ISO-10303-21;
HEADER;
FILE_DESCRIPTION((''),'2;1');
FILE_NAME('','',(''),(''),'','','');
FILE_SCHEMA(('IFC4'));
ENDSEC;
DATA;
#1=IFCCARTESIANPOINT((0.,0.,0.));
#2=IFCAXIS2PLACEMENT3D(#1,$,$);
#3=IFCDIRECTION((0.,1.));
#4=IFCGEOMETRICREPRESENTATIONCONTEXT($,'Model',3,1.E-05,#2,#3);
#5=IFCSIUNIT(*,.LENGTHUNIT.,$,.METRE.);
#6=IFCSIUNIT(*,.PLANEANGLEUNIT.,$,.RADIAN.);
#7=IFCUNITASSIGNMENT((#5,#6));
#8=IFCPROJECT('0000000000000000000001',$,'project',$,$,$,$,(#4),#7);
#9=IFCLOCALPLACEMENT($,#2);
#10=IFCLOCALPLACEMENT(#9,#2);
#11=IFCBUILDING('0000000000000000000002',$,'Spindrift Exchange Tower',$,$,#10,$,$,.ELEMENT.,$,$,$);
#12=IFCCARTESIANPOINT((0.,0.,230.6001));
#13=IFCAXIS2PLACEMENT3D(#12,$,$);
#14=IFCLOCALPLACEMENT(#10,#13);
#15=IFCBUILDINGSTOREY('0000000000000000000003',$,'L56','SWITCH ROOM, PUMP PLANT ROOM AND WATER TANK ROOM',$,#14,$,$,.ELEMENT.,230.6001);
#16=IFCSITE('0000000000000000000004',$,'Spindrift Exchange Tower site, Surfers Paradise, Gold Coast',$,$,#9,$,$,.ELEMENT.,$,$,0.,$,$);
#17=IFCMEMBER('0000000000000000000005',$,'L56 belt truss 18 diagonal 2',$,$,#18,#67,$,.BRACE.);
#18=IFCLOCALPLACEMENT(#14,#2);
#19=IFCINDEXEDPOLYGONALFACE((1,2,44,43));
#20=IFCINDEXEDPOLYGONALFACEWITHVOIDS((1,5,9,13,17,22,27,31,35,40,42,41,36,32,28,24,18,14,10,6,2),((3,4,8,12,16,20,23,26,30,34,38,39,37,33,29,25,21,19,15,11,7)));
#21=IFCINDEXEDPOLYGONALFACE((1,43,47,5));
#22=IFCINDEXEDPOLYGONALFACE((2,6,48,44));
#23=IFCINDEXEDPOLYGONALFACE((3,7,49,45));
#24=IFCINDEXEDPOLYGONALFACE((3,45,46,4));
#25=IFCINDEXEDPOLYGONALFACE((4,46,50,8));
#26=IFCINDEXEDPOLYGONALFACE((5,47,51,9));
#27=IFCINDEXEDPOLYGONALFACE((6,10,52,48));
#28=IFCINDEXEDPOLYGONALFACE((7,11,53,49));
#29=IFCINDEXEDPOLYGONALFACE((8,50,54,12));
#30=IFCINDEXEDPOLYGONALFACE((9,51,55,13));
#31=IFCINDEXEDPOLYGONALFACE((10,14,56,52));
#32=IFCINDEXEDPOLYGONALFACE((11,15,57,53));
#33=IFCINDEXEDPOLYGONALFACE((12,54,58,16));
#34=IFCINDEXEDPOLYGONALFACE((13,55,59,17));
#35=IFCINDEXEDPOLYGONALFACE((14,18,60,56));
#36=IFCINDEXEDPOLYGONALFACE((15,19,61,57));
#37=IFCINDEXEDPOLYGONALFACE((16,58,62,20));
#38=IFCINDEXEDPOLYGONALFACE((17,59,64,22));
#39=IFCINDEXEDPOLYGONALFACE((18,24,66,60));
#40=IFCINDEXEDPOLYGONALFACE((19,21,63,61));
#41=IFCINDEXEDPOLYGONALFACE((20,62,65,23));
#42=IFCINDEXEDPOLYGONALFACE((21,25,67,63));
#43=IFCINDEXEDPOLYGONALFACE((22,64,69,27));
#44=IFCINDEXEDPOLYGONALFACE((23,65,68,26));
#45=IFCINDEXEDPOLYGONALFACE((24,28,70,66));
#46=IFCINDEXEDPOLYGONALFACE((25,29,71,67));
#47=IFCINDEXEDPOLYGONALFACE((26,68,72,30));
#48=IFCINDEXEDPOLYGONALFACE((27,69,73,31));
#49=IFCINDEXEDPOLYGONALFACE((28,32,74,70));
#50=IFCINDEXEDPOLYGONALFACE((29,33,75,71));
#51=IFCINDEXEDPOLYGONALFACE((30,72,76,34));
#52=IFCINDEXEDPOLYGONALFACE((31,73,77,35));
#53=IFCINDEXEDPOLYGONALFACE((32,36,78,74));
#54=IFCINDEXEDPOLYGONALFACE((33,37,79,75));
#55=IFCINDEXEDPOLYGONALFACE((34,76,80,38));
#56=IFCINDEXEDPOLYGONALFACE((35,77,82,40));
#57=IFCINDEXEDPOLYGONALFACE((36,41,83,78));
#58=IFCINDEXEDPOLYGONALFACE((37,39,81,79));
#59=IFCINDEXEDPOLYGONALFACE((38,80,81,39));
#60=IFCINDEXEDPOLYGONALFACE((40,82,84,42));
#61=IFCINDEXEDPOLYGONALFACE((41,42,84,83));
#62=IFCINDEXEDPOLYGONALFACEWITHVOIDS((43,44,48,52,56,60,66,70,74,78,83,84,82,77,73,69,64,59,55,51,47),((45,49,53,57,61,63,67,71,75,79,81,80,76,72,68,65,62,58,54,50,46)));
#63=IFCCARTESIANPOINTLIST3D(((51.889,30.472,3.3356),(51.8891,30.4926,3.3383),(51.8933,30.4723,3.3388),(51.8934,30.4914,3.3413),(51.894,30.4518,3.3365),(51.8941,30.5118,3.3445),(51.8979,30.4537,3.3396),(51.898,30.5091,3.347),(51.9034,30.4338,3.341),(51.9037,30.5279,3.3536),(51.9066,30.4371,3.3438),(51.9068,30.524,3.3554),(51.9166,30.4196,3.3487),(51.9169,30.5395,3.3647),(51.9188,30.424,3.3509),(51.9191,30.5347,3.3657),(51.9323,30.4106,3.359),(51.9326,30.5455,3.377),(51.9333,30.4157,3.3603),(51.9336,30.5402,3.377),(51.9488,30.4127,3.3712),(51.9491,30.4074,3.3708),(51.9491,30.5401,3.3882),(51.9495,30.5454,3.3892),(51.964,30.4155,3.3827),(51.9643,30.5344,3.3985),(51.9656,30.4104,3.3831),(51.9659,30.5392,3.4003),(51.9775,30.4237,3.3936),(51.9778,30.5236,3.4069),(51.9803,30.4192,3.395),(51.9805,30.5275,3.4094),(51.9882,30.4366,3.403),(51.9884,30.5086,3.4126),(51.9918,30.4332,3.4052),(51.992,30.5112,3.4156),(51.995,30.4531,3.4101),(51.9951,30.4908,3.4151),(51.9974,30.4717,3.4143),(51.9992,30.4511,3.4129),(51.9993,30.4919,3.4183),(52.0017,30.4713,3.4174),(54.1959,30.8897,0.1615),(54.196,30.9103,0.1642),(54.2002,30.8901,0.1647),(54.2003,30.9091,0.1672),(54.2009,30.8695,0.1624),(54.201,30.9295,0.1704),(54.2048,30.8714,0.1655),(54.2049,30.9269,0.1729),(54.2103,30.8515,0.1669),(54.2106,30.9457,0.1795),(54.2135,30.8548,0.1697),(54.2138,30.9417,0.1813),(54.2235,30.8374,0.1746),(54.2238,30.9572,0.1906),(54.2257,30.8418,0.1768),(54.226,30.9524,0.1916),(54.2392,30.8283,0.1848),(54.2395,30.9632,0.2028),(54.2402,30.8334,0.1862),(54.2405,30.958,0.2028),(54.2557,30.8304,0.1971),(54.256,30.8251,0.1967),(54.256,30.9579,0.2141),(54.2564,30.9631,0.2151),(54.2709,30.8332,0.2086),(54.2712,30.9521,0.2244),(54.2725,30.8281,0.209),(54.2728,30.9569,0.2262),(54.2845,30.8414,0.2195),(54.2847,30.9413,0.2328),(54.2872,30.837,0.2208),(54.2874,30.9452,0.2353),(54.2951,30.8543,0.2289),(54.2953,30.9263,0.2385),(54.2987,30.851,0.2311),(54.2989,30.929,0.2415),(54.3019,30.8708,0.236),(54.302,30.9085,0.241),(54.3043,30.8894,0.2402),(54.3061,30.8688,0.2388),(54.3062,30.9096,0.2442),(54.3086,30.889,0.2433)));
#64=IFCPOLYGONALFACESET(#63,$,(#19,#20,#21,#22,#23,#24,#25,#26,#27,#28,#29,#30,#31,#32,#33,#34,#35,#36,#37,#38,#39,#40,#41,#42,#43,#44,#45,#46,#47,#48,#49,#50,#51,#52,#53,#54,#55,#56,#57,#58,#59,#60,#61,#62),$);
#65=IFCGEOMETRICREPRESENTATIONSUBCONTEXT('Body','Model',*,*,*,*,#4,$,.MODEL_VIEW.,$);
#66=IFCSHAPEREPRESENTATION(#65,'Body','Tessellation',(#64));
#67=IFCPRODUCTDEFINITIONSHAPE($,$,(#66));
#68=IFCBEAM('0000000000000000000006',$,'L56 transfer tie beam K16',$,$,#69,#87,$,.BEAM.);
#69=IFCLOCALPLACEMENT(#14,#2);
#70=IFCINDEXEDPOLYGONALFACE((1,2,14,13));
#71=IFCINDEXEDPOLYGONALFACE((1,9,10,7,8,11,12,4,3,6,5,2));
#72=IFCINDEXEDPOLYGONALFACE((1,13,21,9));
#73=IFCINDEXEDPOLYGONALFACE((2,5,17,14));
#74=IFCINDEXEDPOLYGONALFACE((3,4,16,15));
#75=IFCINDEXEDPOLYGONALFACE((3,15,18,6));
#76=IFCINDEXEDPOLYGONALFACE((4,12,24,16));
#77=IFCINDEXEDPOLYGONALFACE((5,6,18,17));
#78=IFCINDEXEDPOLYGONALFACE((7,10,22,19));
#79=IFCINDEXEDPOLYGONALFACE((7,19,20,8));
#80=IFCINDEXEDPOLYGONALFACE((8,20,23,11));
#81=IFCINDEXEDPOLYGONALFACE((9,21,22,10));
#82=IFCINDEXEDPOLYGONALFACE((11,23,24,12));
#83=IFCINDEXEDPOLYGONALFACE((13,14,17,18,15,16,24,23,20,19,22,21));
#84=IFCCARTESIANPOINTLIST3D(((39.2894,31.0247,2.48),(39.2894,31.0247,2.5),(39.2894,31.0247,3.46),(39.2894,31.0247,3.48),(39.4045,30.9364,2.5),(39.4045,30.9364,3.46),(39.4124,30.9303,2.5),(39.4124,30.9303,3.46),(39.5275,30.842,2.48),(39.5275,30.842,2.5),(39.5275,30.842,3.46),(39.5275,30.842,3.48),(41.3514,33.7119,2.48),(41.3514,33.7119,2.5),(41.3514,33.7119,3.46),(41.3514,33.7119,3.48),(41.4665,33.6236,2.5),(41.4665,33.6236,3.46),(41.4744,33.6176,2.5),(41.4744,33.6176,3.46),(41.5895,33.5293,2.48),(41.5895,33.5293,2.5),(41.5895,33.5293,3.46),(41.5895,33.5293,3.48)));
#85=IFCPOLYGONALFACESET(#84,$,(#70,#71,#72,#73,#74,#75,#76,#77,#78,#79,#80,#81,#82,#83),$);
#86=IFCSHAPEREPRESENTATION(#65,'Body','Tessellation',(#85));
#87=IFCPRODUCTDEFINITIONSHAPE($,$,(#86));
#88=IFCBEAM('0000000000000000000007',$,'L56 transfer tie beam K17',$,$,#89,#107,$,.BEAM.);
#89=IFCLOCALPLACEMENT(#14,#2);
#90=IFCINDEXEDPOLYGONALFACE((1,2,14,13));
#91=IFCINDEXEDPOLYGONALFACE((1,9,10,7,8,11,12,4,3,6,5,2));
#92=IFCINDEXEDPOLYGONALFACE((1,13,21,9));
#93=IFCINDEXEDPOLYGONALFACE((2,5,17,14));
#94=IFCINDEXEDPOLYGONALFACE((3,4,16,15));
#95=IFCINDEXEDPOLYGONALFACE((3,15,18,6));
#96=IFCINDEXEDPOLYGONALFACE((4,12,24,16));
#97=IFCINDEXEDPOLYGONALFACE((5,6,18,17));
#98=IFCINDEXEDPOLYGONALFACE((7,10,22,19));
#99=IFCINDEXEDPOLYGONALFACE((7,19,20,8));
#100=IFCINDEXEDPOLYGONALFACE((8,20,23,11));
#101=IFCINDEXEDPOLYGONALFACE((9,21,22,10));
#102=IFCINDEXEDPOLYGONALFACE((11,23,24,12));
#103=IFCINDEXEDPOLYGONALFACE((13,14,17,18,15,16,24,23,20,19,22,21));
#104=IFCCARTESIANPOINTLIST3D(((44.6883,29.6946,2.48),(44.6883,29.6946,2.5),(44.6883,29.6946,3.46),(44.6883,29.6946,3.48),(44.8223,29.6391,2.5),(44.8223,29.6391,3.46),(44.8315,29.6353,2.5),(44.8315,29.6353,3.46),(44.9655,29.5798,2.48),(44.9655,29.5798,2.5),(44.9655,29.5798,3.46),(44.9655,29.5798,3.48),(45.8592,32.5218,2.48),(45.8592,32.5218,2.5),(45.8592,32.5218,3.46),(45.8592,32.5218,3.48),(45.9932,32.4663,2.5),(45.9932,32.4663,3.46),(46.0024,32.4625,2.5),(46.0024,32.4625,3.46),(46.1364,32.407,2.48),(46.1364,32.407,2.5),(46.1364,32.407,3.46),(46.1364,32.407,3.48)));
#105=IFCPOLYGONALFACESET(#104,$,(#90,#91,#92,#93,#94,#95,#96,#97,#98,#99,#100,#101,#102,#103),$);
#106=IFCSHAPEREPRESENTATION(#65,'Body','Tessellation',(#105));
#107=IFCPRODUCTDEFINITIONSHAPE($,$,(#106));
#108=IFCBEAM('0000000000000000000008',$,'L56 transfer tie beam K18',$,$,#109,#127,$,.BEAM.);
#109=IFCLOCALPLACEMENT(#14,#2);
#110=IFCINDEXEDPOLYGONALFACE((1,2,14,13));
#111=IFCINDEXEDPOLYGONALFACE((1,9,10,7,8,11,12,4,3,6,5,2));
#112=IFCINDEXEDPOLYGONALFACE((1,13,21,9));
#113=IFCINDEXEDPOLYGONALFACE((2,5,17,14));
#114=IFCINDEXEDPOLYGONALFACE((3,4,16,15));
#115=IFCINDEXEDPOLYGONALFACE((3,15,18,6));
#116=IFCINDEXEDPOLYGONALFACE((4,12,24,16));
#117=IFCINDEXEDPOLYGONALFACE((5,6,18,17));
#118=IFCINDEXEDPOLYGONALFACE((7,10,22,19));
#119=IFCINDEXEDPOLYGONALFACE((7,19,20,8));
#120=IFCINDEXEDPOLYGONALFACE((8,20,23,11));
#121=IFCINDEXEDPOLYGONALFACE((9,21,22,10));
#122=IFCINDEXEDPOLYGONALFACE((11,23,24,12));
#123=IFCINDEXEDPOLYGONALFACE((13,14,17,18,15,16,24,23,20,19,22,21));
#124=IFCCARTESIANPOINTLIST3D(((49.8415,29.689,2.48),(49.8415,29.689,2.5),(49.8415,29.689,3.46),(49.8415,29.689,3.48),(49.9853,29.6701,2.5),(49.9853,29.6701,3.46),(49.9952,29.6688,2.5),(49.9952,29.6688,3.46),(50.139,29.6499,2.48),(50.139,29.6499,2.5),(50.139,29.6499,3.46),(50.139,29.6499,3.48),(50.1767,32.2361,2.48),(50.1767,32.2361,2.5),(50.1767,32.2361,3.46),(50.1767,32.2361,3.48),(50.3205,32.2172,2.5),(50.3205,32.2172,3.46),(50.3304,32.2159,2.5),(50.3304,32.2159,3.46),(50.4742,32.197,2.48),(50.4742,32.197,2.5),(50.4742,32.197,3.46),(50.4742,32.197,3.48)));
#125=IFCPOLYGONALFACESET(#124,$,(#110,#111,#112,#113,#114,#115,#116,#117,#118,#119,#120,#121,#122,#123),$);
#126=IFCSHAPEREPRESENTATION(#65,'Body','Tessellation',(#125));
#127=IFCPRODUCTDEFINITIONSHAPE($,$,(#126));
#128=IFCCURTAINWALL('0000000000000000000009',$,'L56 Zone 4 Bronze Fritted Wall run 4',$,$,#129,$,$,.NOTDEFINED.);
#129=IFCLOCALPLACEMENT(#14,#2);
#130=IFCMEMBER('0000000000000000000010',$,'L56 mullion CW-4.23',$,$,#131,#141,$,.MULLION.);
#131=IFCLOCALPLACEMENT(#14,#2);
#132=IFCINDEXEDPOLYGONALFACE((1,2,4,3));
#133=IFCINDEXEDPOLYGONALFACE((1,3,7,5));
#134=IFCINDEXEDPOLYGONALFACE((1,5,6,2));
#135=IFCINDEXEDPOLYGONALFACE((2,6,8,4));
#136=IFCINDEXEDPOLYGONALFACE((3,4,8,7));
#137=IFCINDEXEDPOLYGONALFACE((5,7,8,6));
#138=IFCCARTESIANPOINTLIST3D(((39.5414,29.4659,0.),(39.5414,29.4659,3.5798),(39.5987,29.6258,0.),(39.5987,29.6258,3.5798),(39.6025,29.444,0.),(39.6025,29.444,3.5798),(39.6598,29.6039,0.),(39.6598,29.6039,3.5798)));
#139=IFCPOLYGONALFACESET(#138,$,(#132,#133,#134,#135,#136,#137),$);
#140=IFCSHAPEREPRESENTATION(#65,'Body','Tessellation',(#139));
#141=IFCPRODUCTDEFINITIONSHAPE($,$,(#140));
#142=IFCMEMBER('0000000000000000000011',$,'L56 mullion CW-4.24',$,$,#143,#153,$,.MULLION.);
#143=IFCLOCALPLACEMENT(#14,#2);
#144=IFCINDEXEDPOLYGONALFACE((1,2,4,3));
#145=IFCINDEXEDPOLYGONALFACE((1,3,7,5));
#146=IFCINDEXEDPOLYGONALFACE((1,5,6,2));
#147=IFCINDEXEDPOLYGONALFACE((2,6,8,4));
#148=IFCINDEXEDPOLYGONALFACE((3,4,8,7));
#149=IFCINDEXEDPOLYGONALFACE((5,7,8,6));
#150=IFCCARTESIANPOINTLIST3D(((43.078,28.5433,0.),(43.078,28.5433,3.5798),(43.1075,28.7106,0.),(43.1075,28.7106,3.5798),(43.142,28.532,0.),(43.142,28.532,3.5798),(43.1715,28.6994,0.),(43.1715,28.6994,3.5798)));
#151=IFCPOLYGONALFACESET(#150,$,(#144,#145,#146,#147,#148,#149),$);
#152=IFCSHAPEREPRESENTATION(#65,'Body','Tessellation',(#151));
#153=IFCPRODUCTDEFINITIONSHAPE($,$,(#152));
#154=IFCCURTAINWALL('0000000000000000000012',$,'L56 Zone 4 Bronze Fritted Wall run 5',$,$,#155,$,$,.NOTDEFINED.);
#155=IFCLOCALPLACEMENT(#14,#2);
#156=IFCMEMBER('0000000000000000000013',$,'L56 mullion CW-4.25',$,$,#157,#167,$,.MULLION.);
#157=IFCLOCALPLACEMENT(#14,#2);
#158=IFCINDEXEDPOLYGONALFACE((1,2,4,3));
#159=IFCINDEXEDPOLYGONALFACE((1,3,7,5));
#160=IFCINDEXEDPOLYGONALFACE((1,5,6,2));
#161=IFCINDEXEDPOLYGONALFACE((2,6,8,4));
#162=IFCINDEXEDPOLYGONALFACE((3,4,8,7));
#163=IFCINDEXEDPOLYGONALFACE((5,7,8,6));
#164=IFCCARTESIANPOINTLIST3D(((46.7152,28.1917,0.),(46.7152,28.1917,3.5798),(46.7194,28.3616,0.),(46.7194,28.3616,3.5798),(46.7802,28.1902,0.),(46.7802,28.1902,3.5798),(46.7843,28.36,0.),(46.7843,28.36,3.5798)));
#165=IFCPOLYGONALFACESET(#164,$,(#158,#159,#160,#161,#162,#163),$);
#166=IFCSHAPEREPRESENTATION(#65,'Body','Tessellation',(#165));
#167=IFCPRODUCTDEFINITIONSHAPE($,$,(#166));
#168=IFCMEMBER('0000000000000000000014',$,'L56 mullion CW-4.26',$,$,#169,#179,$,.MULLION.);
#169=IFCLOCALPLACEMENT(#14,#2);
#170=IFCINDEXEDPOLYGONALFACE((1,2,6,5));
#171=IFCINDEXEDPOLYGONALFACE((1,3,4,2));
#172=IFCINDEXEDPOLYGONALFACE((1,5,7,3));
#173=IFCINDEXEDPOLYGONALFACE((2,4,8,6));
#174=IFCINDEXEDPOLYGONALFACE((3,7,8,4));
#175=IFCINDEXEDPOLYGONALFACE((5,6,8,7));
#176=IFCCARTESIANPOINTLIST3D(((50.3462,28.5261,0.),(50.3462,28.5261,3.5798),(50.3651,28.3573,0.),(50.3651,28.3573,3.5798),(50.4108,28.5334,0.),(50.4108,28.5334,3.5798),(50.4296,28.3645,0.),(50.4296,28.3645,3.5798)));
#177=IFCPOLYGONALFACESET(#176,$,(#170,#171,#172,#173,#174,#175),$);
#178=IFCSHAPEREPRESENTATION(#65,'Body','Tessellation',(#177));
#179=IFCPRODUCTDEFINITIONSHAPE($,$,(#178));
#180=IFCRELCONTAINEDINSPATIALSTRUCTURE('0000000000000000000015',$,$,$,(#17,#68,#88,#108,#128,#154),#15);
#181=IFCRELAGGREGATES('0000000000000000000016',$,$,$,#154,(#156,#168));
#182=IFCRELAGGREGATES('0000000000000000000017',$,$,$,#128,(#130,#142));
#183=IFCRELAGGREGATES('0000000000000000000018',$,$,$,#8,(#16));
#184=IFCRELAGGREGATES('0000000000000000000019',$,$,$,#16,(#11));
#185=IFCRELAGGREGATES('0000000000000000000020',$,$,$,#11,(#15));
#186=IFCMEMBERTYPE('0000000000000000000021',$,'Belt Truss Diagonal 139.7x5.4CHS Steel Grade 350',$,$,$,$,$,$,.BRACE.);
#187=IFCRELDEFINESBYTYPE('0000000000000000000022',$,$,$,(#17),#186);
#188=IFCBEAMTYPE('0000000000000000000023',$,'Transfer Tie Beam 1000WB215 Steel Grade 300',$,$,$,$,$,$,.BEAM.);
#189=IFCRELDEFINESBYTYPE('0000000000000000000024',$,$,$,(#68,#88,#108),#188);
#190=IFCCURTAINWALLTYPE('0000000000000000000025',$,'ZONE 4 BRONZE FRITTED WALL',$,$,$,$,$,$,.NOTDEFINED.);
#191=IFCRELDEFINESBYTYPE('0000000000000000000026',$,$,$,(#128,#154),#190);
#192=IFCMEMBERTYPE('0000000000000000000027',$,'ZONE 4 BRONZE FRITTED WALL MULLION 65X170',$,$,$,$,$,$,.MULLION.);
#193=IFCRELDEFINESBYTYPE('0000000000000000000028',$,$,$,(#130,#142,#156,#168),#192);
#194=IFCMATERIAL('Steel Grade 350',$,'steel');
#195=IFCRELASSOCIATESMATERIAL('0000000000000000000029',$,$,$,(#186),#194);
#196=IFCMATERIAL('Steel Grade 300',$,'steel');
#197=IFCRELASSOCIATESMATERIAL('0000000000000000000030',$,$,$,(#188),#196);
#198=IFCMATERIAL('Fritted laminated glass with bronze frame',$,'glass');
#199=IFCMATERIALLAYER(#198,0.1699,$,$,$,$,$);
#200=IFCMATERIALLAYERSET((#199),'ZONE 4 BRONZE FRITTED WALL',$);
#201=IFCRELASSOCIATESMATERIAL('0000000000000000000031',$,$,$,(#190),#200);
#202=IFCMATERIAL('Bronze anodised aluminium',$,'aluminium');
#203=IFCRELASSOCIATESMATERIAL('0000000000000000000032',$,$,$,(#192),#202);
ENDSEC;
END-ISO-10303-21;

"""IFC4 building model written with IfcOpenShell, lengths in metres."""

from ifc_helpers import new_model, si_unit, direction, frame, origin, origin_2d, place, context, subcontext, project, spatial, rectangle, hollow_circle, i_section, extrude, source, transform, mapped, material, layer, layer_set, material_profile, profile_set, type_object, element, aggregate, save


model = new_model("IFC4")

# Units and contexts
model_context = context("Model", 3, precision=1e-05, world=origin(), true_north=direction((0.0, 1.0)))
body_context = subcontext(model_context, "Body", "Model", "MODEL_VIEW")
ifc_project = project(units=[si_unit("LENGTHUNIT", "METRE"), si_unit("PLANEANGLEUNIT", "RADIAN")], contexts=[model_context])

# Site, building, storey
site_placement = place(None, origin())
site = spatial("IfcSite", under=ifc_project, at=site_placement, Name="Spindrift Exchange Tower site, Surfers Paradise, Gold Coast", CompositionType="ELEMENT", RefElevation=0.0)
building_placement = place(site_placement, origin())
building = spatial("IfcBuilding", under=site, at=building_placement, Name="Spindrift Exchange Tower", CompositionType="ELEMENT")
storey_placement = place(building_placement, frame((0.0, 0.0, 230.6001)))
storey = spatial("IfcBuildingStorey", under=building, at=storey_placement, Name="L56", Description="SWITCH ROOM, PUMP PLANT ROOM AND WATER TANK ROOM", CompositionType="ELEMENT", Elevation=230.6001)

# Member
ifc_material_1 = material(Name="Steel Grade 350", Category="steel")
ifc_material_profile_1 = material_profile(ifc_material_1, hollow_circle(Radius=0.0698, WallThickness=0.0054, at=origin_2d()), Name="139.7x5.4CHS")
ifc_profile_set_1 = profile_set([ifc_material_profile_1], Name="Steel Grade 350")
member_type_1 = type_object("IfcMemberType", Name="Belt Truss Diagonal 139.7x5.4CHS Steel Grade 350", PredefinedType="BRACE", material=ifc_profile_set_1)
ifc_material_2 = material(Name="Steel Grade 300", Category="steel")
shared_shape_1 = source(origin(), body_context, "Body", "SweptSolid", [
    extrude(hollow_circle(Radius=0.0698, WallThickness=0.0054, at=origin_2d()), origin(), (0.0, 0.0, 1.0), 3.946),
])
member_1_placement = place(storey_placement, frame((51.9451, 30.4768, 3.377), z_axis=(0.584613, 0.10586, -0.804376), x_axis=(-0.17818, 0.983998, 0.0)))
element("IfcMember", 1, at=member_1_placement, inside=storey, type_object=member_type_1, Name="L56 belt truss 18 diagonal 2", PredefinedType="BRACE", context=body_context, shape_type="MappedRepresentation", body=[
    mapped(shared_shape_1, transform((0.0, 0.0, 0.0), scale=1.0)),
])

# Beams
ifc_material_profile_2 = material_profile(ifc_material_2, i_section(OverallWidth=0.3, OverallDepth=1.0, WebThickness=0.01, FlangeThickness=0.02, at=origin_2d()), Name="1000WB215")
ifc_profile_set_2 = profile_set([ifc_material_profile_2], Name="Steel Grade 300")
beam_type = type_object("IfcBeamType", Name="Transfer Tie Beam 1000WB215 Steel Grade 300", PredefinedType="BEAM", material=ifc_profile_set_2)
shared_shape_2 = source(origin(), body_context, "Body", "SweptSolid", [
    extrude(i_section(OverallWidth=0.3, OverallDepth=1.0, WebThickness=0.01, FlangeThickness=0.02, at=origin_2d()), origin(), (0.0, 0.0, 1.0), 3.3872),
])
beam_1_placement = place(storey_placement, frame((39.4084, 30.9333, 2.98), z_axis=(0.608763, 0.793352, 0.0), x_axis=(-0.793352, 0.608763, 0.0)))
element("IfcBeam", 2, at=beam_1_placement, inside=storey, type_object=beam_type, Name="L56 transfer tie beam K16", PredefinedType="BEAM", context=body_context, shape_type="MappedRepresentation", body=[
    mapped(shared_shape_2, transform((0.0, 0.0, 0.0), scale=1.0)),
])
shared_shape_3 = source(origin(), body_context, "Body", "SweptSolid", [
    extrude(i_section(OverallWidth=0.3, OverallDepth=1.0, WebThickness=0.01, FlangeThickness=0.02, at=origin_2d()), origin(), (0.0, 0.0, 1.0), 3.0601),
])
beam_2_placement = place(storey_placement, frame((44.8269, 29.6372, 2.98), z_axis=(0.382643, 0.923896, 0.0), x_axis=(-0.923896, 0.382643, 0.0)))
element("IfcBeam", 3, at=beam_2_placement, inside=storey, type_object=beam_type, Name="L56 transfer tie beam K17", PredefinedType="BEAM", context=body_context, shape_type="MappedRepresentation", body=[
    mapped(shared_shape_3, transform((0.0, 0.0, 0.0), scale=1.0)),
])
shared_shape_4 = source(origin(), body_context, "Body", "SweptSolid", [
    extrude(i_section(OverallWidth=0.3, OverallDepth=1.0, WebThickness=0.01, FlangeThickness=0.02, at=origin_2d()), origin(), (0.0, 0.0, 1.0), 2.5691),
])
beam_3_placement = place(storey_placement, frame((49.9902, 29.6694, 2.98), z_axis=(0.130477, 0.991451, 0.0), x_axis=(-0.991451, 0.130477, 0.0)))
element("IfcBeam", 4, at=beam_3_placement, inside=storey, type_object=beam_type, Name="L56 transfer tie beam K18", PredefinedType="BEAM", context=body_context, shape_type="MappedRepresentation", body=[
    mapped(shared_shape_4, transform((0.0, 0.0, 0.0), scale=1.0)),
])

# Curtain walls, members
ifc_material_3 = material(Name="Fritted laminated glass with bronze frame", Category="glass")
ifc_layer_1 = layer(ifc_material_3, 0.1699)
ifc_layer_set_1 = layer_set([ifc_layer_1], Name="ZONE 4 BRONZE FRITTED WALL")
curtain_wall_type = type_object("IfcCurtainWallType", Name="ZONE 4 BRONZE FRITTED WALL", PredefinedType="NOTDEFINED", material=ifc_layer_set_1)
curtain_wall_1_placement = place(storey_placement, origin())
curtain_wall_1 = element("IfcCurtainWall", 5, at=curtain_wall_1_placement, inside=storey, type_object=curtain_wall_type, Name="L56 Zone 4 Bronze Fritted Wall run 4", PredefinedType="NOTDEFINED")
ifc_material_4 = material(Name="Bronze anodised aluminium", Category="aluminium")
ifc_material_profile_3 = material_profile(ifc_material_4, rectangle(XDim=0.0649, YDim=0.1699, at=origin_2d()), Name="ZONE 4 BRONZE FRITTED WALL MULLION 65X170")
ifc_profile_set_3 = profile_set([ifc_material_profile_3], Name="Bronze anodised aluminium")
member_type_2 = type_object("IfcMemberType", Name="ZONE 4 BRONZE FRITTED WALL MULLION 65X170", PredefinedType="MULLION", material=ifc_profile_set_3)
shared_shape_5 = source(origin(), body_context, "Body", "SweptSolid", [
    extrude(rectangle(XDim=0.0649, YDim=0.1699, at=origin_2d()), origin(), (0.0, 0.0, 1.0), 3.5798),
])
member_2_placement = place(storey_placement, frame((39.6006, 29.5349, 0.0), z_axis=(0.0, 0.0, 1.0), x_axis=(0.941346, -0.337442, 0.0)))
member_2 = element("IfcMember", 6, at=member_2_placement, type_object=member_type_2, Name="L56 mullion CW-4.23", PredefinedType="MULLION", context=body_context, shape_type="MappedRepresentation", body=[
    mapped(shared_shape_5, transform((0.0, 0.0, 0.0), scale=1.0)),
])
member_3_placement = place(storey_placement, frame((43.1248, 28.6213, 0.0), z_axis=(0.0, 0.0, 1.0), x_axis=(0.984846, -0.173432, 0.0)))
member_3 = element("IfcMember", 7, at=member_3_placement, type_object=member_type_2, Name="L56 mullion CW-4.24", PredefinedType="MULLION", context=body_context, shape_type="MappedRepresentation", body=[
    mapped(shared_shape_5, transform((0.0, 0.0, 0.0), scale=1.0)),
])
curtain_wall_2_placement = place(storey_placement, origin())
curtain_wall_2 = element("IfcCurtainWall", 8, at=curtain_wall_2_placement, inside=storey, type_object=curtain_wall_type, Name="L56 Zone 4 Bronze Fritted Wall run 5", PredefinedType="NOTDEFINED")
member_4_placement = place(storey_placement, frame((46.7498, 28.2759, 0.0), z_axis=(0.0, 0.0, 1.0), x_axis=(0.999706, -0.024244, 0.0)))
member_4 = element("IfcMember", 9, at=member_4_placement, type_object=member_type_2, Name="L56 mullion CW-4.25", PredefinedType="MULLION", context=body_context, shape_type="MappedRepresentation", body=[
    mapped(shared_shape_5, transform((0.0, 0.0, 0.0), scale=1.0)),
])
member_5_placement = place(storey_placement, frame((50.3879, 28.4453, 0.0), z_axis=(0.0, 0.0, 1.0), x_axis=(0.99383, 0.110913, 0.0)))
member_5 = element("IfcMember", 10, at=member_5_placement, type_object=member_type_2, Name="L56 mullion CW-4.26", PredefinedType="MULLION", context=body_context, shape_type="MappedRepresentation", body=[
    mapped(shared_shape_5, transform((0.0, 0.0, 0.0), scale=1.0)),
])

aggregate(curtain_wall_2, [member_4, member_5])
aggregate(curtain_wall_1, [member_2, member_3])

save(model, "model.ifc")
